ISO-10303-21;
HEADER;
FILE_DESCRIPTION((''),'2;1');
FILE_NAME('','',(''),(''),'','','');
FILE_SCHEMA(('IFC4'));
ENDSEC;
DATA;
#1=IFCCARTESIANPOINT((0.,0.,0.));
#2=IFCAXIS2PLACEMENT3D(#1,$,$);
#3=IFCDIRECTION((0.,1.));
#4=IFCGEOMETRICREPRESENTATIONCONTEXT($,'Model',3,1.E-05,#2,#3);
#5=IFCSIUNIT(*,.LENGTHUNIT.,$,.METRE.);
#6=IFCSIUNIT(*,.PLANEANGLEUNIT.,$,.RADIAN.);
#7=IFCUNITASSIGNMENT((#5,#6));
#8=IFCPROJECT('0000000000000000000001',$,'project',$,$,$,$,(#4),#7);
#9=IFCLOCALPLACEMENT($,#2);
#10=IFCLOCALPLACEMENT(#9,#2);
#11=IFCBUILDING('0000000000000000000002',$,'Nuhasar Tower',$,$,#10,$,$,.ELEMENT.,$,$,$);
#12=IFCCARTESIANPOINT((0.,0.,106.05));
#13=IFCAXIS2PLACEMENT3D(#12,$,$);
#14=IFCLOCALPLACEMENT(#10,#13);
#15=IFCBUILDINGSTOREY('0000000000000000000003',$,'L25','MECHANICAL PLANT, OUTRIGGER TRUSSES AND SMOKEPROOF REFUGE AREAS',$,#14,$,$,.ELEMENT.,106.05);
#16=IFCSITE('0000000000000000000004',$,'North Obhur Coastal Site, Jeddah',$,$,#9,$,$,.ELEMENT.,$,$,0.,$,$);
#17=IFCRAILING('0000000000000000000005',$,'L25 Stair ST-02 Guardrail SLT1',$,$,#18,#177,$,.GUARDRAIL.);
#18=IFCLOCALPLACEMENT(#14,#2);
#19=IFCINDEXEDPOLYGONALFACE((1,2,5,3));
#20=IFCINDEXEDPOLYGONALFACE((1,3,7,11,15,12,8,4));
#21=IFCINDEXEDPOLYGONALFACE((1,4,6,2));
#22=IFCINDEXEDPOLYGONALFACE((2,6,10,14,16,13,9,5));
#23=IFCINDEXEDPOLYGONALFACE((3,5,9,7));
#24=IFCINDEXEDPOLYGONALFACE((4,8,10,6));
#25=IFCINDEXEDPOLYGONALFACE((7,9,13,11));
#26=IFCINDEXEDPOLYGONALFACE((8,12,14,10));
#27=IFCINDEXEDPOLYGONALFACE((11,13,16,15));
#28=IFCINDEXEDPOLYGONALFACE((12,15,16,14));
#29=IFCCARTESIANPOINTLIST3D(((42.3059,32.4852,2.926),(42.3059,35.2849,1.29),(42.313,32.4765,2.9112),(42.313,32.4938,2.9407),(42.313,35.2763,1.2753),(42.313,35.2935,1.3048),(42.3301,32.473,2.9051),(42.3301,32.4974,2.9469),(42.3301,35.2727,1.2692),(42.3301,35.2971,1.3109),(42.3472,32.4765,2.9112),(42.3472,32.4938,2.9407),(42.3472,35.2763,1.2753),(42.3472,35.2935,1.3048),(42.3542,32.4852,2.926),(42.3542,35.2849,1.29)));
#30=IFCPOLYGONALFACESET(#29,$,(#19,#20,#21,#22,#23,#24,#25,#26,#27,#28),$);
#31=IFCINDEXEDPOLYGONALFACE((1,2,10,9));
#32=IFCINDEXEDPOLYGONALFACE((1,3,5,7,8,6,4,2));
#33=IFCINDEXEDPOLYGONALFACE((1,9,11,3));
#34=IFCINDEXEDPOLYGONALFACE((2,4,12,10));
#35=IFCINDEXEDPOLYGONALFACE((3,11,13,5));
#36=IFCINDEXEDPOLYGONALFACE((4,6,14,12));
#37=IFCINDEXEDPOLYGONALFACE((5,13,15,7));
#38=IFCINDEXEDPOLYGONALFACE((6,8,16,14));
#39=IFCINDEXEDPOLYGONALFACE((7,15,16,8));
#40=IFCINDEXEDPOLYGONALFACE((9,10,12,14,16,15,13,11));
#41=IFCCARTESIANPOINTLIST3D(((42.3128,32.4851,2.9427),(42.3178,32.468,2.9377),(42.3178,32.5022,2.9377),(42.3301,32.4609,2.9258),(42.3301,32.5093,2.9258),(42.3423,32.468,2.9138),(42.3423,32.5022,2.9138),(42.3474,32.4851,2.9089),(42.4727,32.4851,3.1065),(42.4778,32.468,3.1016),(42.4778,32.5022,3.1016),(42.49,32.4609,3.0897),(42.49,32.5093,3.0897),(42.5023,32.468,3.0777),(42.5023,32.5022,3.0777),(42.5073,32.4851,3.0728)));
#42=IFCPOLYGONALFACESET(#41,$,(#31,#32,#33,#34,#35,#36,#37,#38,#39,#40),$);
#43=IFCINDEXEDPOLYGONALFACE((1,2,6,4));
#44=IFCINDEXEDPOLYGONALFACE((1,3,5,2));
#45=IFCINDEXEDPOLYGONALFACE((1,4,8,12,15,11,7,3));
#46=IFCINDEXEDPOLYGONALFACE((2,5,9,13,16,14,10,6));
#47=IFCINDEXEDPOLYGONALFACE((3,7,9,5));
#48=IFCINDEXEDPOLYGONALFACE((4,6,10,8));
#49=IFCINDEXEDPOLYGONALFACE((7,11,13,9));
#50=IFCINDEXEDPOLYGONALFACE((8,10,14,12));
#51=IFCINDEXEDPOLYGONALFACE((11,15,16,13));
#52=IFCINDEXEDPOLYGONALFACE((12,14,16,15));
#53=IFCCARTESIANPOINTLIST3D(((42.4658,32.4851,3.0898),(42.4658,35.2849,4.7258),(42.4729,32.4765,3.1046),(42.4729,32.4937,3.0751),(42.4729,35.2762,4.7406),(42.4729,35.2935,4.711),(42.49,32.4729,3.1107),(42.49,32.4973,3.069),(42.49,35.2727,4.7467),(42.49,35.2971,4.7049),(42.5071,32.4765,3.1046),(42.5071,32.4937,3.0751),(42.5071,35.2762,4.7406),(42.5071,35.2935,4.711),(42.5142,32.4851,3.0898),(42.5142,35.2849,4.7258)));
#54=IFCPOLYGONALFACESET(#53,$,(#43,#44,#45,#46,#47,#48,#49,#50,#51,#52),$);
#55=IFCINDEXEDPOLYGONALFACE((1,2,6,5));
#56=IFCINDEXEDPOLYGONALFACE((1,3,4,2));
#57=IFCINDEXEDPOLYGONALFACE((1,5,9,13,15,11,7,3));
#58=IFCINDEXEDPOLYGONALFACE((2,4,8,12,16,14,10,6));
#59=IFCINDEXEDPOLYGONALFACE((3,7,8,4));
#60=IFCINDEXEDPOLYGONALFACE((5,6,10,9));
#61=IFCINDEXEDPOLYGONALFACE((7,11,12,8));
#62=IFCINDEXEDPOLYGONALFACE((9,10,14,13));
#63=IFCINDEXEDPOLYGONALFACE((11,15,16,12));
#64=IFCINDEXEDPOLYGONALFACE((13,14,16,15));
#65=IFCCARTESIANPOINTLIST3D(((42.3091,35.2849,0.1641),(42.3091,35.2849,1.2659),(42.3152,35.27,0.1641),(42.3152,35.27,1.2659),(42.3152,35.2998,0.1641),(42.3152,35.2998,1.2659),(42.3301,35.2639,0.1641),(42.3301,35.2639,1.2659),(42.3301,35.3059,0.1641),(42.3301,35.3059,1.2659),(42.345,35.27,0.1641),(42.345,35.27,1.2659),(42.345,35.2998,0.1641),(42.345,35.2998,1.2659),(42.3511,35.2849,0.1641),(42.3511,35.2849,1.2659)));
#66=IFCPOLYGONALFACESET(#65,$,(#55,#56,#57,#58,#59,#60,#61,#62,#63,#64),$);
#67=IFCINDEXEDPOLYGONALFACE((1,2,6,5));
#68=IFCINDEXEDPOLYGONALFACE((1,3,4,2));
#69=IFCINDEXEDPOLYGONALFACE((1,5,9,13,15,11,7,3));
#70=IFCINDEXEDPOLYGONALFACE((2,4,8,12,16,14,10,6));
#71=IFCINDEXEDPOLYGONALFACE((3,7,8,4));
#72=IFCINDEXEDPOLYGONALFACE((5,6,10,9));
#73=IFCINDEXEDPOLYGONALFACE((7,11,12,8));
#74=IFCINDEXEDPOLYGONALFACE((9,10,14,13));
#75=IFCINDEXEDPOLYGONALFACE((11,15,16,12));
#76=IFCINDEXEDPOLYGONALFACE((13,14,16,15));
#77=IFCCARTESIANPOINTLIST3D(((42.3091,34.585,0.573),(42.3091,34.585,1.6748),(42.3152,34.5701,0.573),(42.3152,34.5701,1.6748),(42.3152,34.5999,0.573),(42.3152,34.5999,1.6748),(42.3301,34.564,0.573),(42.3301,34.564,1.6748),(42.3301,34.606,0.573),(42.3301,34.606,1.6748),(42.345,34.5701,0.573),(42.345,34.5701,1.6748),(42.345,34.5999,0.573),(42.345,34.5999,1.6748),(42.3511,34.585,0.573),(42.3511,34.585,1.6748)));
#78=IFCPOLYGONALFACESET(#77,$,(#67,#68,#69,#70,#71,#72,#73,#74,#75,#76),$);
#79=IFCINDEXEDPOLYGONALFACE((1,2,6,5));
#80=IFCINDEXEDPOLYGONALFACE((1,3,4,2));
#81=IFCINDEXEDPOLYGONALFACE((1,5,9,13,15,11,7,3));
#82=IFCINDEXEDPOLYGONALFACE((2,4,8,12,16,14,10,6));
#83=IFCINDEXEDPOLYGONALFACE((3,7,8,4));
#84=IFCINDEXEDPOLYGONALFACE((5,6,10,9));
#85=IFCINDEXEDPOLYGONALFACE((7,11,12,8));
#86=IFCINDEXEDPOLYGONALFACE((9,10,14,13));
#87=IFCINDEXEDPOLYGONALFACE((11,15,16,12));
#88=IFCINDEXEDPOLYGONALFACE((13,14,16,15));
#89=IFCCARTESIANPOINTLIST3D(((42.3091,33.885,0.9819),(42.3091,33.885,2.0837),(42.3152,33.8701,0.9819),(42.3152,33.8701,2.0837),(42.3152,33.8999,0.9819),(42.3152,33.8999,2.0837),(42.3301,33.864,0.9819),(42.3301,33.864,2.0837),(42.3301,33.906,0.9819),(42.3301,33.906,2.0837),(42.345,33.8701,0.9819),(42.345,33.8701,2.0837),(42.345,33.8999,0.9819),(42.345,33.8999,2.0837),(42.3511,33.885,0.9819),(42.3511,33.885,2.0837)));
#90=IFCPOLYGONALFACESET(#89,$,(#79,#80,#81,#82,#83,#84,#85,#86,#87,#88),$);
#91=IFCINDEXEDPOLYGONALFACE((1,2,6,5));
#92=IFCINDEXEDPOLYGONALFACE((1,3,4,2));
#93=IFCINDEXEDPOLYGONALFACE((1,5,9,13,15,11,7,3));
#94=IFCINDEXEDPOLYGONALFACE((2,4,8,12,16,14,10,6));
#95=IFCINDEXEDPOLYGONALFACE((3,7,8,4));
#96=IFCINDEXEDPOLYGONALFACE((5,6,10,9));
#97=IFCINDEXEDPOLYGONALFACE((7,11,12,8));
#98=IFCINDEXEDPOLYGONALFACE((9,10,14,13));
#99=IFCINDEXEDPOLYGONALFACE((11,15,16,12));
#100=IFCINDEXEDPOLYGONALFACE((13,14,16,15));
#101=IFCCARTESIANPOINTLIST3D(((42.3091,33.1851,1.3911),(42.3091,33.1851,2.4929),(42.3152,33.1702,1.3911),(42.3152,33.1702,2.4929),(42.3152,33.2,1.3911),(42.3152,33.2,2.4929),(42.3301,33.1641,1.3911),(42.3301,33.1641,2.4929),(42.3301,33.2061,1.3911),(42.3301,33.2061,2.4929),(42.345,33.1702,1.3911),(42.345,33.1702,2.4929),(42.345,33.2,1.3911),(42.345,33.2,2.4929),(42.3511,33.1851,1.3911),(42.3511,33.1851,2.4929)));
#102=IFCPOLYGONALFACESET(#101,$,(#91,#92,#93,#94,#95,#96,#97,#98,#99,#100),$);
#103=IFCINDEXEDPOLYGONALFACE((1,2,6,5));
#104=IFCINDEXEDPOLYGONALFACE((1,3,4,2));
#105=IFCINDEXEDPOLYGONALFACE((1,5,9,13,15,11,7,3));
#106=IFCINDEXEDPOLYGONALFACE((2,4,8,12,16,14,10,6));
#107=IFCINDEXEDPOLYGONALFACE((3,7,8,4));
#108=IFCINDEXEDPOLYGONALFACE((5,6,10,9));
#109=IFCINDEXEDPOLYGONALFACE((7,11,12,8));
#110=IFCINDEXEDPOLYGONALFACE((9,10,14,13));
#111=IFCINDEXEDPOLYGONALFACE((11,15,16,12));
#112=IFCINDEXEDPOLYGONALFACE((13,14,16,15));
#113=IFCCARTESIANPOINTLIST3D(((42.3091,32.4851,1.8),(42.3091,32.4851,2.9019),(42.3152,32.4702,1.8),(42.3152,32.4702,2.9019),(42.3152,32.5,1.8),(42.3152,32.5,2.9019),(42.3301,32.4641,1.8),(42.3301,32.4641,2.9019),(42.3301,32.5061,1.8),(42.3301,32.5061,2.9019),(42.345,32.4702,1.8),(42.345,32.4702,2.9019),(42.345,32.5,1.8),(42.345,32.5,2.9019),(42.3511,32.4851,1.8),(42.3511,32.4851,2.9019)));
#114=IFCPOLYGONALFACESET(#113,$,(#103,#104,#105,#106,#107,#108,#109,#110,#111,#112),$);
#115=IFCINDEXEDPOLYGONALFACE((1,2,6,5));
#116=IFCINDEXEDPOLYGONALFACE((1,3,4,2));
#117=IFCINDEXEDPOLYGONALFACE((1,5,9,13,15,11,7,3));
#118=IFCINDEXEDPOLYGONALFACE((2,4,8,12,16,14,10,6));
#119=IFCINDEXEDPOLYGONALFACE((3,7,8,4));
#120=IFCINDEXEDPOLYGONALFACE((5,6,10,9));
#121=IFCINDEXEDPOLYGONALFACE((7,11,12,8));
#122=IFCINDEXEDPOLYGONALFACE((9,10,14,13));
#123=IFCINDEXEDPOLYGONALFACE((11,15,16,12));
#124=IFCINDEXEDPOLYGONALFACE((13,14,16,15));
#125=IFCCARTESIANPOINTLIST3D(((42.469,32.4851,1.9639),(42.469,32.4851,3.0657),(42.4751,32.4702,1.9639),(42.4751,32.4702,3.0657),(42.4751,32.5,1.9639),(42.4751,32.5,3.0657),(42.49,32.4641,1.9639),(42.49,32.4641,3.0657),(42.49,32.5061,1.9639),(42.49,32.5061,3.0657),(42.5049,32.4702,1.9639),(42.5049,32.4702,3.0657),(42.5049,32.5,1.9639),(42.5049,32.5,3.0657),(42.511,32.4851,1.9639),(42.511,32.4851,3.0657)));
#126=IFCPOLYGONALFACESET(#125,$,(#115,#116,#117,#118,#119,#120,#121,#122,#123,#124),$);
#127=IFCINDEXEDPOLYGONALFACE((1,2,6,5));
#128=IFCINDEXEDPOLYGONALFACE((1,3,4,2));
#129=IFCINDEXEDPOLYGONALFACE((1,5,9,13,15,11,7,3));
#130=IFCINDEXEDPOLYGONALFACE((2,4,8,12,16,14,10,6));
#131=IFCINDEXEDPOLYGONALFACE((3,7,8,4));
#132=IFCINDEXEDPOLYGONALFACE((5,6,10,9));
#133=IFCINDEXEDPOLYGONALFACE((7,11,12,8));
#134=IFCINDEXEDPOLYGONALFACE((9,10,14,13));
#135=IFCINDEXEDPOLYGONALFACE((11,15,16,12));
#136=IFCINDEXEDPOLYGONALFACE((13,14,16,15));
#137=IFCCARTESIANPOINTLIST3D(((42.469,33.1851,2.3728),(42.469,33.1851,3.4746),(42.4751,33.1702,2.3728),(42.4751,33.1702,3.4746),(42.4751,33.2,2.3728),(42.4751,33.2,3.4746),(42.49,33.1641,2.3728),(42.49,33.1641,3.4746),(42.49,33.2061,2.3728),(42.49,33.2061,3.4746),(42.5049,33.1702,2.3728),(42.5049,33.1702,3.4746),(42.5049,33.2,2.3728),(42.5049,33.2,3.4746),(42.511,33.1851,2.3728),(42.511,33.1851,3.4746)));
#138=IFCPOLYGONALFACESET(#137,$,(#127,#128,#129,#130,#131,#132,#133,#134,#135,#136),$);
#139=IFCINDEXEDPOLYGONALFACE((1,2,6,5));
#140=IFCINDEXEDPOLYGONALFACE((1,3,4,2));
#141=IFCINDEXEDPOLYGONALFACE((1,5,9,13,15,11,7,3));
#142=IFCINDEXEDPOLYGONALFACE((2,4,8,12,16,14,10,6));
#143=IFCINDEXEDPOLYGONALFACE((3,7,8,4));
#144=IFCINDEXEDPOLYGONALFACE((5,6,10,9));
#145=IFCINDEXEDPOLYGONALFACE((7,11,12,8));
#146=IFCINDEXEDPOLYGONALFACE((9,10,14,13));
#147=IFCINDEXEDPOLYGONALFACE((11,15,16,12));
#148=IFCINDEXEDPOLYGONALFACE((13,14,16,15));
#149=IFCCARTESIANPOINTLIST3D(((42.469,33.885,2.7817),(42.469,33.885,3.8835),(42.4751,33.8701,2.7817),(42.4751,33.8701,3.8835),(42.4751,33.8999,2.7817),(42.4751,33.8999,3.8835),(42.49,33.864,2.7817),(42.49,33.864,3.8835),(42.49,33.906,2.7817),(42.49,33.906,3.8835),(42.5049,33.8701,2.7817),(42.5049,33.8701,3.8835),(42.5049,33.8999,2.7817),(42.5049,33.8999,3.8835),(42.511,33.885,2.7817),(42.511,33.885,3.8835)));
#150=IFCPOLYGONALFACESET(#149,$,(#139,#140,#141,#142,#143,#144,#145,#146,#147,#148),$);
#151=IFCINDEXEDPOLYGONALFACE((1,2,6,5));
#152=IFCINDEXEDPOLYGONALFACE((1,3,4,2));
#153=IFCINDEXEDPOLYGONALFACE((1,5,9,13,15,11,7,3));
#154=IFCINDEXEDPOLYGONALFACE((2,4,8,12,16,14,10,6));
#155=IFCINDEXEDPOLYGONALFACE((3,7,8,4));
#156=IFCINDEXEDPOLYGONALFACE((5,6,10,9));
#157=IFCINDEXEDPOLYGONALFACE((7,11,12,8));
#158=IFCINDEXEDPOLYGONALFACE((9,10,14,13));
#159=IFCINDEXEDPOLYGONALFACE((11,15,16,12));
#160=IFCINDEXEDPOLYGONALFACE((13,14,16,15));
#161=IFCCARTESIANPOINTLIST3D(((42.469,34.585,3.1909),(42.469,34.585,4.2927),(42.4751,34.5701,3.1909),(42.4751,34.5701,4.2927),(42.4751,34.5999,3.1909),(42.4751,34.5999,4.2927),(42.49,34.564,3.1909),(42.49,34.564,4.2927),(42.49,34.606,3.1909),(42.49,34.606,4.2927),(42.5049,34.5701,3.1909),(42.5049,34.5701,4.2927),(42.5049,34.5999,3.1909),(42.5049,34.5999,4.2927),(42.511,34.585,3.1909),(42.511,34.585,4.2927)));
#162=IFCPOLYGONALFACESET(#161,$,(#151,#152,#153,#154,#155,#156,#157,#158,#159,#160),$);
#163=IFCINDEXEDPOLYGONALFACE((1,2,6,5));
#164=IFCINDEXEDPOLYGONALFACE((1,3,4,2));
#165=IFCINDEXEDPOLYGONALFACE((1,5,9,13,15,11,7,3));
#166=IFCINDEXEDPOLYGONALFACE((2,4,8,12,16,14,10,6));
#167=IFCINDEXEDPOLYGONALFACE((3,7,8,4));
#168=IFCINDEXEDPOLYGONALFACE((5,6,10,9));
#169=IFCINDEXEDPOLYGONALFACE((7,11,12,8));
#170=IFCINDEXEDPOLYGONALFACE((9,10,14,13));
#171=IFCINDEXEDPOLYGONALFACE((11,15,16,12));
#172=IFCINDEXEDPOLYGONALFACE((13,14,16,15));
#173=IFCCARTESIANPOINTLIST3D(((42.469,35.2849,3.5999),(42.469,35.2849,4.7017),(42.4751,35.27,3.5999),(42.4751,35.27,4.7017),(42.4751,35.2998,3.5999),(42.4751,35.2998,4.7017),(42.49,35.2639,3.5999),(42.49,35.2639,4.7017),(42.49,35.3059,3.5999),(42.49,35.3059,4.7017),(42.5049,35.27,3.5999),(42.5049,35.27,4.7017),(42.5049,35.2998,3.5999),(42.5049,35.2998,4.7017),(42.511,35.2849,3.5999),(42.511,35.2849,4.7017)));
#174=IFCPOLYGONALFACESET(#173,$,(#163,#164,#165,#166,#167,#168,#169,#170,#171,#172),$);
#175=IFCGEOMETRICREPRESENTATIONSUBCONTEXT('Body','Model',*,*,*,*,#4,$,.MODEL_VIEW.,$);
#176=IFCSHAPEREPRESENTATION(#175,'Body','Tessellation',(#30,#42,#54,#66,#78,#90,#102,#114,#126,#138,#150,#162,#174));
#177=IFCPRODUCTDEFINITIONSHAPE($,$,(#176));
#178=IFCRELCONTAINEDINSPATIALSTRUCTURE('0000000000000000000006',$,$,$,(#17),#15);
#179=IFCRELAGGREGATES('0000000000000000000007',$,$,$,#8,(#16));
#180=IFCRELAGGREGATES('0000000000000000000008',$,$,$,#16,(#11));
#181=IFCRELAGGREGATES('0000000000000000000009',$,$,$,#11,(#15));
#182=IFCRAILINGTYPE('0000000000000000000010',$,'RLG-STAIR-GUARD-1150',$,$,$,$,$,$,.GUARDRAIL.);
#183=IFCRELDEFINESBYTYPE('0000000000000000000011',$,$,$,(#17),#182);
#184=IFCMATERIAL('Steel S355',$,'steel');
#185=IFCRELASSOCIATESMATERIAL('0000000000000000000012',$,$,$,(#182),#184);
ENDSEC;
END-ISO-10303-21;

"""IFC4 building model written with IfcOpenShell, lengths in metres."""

from ifc_helpers import new_model, si_unit, direction, frame, origin, place, context, subcontext, project, spatial, polyline, outline, extrude, material, type_object, element, save


model = new_model("IFC4")

# Units and contexts
model_context = context("Model", 3, precision=1e-05, world=origin(), true_north=direction((0.0, 1.0)))
body_context = subcontext(model_context, "Body", "Model", "MODEL_VIEW")
ifc_project = project(units=[si_unit("LENGTHUNIT", "METRE"), si_unit("PLANEANGLEUNIT", "RADIAN")], contexts=[model_context])

# Site, building, storey
site_placement = place(None, origin())
site = spatial("IfcSite", under=ifc_project, at=site_placement, Name="North Obhur Coastal Site, Jeddah", CompositionType="ELEMENT", RefElevation=0.0)
building_placement = place(site_placement, origin())
building = spatial("IfcBuilding", under=site, at=building_placement, Name="Nuhasar Tower", CompositionType="ELEMENT")
storey_placement = place(building_placement, frame((0.0, 0.0, 106.05)))
storey = spatial("IfcBuildingStorey", under=building, at=storey_placement, Name="L25", Description="MECHANICAL PLANT, OUTRIGGER TRUSSES AND SMOKEPROOF REFUGE AREAS", CompositionType="ELEMENT", Elevation=106.05)

# Shared definitions
ifc_material_1 = material(Name="Steel S355", Category="steel")

# Railing
railing_type_1 = type_object("IfcRailingType", Name="RLG-STAIR-GUARD-1150", PredefinedType="GUARDRAIL", material=ifc_material_1)
railing_1_placement = place(storey_placement, frame((42.3301, 35.2849, 0.1641)))
element("IfcRailing", 1, at=railing_1_placement, inside=storey, type_object=railing_type_1, Name="L25 Stair ST-02 Guardrail SLT1", PredefinedType="GUARDRAIL", context=body_context, shape_type="SweptSolid", body=[
    extrude(outline(polyline([(0.0242, 0.0), (0.0171, 0.0171), (0.0, 0.0242), (-0.0171, 0.0171), (-0.0242, 0.0), (-0.0171, -0.0171), (0.0, -0.0242), (0.0171, -0.0171), (0.0242, 0.0)])), frame((0.0, 0.0, 1.126), z_axis=(0.0, -0.863407, 0.504508), x_axis=(1.0, 0.0, 0.0)), (0.0, 0.0, 1.0), 3.2427),
    extrude(outline(polyline([(0.0242, 0.0), (0.0171, 0.0171), (0.0, 0.0242), (-0.0171, 0.0171), (-0.0242, 0.0), (-0.0171, -0.0171), (0.0, -0.0242), (0.0171, -0.0171), (0.0242, 0.0)])), frame((0.0, -2.7998, 2.7617), z_axis=(0.698524, 0.0, 0.715587), x_axis=(0.0, 1.0, 0.0)), (0.0, 0.0, 1.0), 0.229),
    extrude(outline(polyline([(0.0242, 0.0), (0.0171, 0.0171), (0.0, 0.0242), (-0.0171, 0.0171), (-0.0242, 0.0), (-0.0171, -0.0171), (0.0, -0.0242), (0.0171, -0.0171), (0.0242, 0.0)])), frame((0.1599, -2.7998, 2.9258), z_axis=(0.0, 0.863407, 0.504508), x_axis=(-1.0, 0.0, 0.0)), (0.0, 0.0, 1.0), 3.2427),
    extrude(outline(polyline([(0.021, 0.0), (0.0149, 0.0149), (0.0, 0.021), (-0.0149, 0.0149), (-0.021, 0.0), (-0.0149, -0.0149), (0.0, -0.021), (0.0149, -0.0149), (0.021, 0.0)])), origin(), (0.0, 0.0, 1.0), 1.1018),
    extrude(outline(polyline([(0.021, 0.0), (0.0149, 0.0149), (0.0, 0.021), (-0.0149, 0.0149), (-0.021, 0.0), (-0.0149, -0.0149), (0.0, -0.021), (0.0149, -0.0149), (0.021, 0.0)])), frame((0.0, -0.7, 0.4089)), (0.0, 0.0, 1.0), 1.1018),
    extrude(outline(polyline([(0.021, 0.0), (0.0149, 0.0149), (0.0, 0.021), (-0.0149, 0.0149), (-0.021, 0.0), (-0.0149, -0.0149), (0.0, -0.021), (0.0149, -0.0149), (0.021, 0.0)])), frame((0.0, -1.3999, 0.8179)), (0.0, 0.0, 1.0), 1.1018),
    extrude(outline(polyline([(0.021, 0.0), (0.0149, 0.0149), (0.0, 0.021), (-0.0149, 0.0149), (-0.021, 0.0), (-0.0149, -0.0149), (0.0, -0.021), (0.0149, -0.0149), (0.021, 0.0)])), frame((0.0, -2.0999, 1.2271)), (0.0, 0.0, 1.0), 1.1018),
    extrude(outline(polyline([(0.021, 0.0), (0.0149, 0.0149), (0.0, 0.021), (-0.0149, 0.0149), (-0.021, 0.0), (-0.0149, -0.0149), (0.0, -0.021), (0.0149, -0.0149), (0.021, 0.0)])), frame((0.0, -2.7998, 1.636)), (0.0, 0.0, 1.0), 1.1018),
    extrude(outline(polyline([(0.021, 0.0), (0.0149, 0.0149), (0.0, 0.021), (-0.0149, 0.0149), (-0.021, 0.0), (-0.0149, -0.0149), (0.0, -0.021), (0.0149, -0.0149), (0.021, 0.0)])), frame((0.1599, -2.7998, 1.7998)), (0.0, 0.0, 1.0), 1.1018),
    extrude(outline(polyline([(0.021, 0.0), (0.0149, 0.0149), (0.0, 0.021), (-0.0149, 0.0149), (-0.021, 0.0), (-0.0149, -0.0149), (0.0, -0.021), (0.0149, -0.0149), (0.021, 0.0)])), frame((0.1599, -2.0999, 2.2087)), (0.0, 0.0, 1.0), 1.1018),
    extrude(outline(polyline([(0.021, 0.0), (0.0149, 0.0149), (0.0, 0.021), (-0.0149, 0.0149), (-0.021, 0.0), (-0.0149, -0.0149), (0.0, -0.021), (0.0149, -0.0149), (0.021, 0.0)])), frame((0.1599, -1.3999, 2.6177)), (0.0, 0.0, 1.0), 1.1018),
    extrude(outline(polyline([(0.021, 0.0), (0.0149, 0.0149), (0.0, 0.021), (-0.0149, 0.0149), (-0.021, 0.0), (-0.0149, -0.0149), (0.0, -0.021), (0.0149, -0.0149), (0.021, 0.0)])), frame((0.1599, -0.7, 3.0269)), (0.0, 0.0, 1.0), 1.1018),
    extrude(outline(polyline([(0.021, 0.0), (0.0149, 0.0149), (0.0, 0.021), (-0.0149, 0.0149), (-0.021, 0.0), (-0.0149, -0.0149), (0.0, -0.021), (0.0149, -0.0149), (0.021, 0.0)])), frame((0.1599, 0.0, 3.4358)), (0.0, 0.0, 1.0), 1.1018),
])

save(model, "model.ifc")
